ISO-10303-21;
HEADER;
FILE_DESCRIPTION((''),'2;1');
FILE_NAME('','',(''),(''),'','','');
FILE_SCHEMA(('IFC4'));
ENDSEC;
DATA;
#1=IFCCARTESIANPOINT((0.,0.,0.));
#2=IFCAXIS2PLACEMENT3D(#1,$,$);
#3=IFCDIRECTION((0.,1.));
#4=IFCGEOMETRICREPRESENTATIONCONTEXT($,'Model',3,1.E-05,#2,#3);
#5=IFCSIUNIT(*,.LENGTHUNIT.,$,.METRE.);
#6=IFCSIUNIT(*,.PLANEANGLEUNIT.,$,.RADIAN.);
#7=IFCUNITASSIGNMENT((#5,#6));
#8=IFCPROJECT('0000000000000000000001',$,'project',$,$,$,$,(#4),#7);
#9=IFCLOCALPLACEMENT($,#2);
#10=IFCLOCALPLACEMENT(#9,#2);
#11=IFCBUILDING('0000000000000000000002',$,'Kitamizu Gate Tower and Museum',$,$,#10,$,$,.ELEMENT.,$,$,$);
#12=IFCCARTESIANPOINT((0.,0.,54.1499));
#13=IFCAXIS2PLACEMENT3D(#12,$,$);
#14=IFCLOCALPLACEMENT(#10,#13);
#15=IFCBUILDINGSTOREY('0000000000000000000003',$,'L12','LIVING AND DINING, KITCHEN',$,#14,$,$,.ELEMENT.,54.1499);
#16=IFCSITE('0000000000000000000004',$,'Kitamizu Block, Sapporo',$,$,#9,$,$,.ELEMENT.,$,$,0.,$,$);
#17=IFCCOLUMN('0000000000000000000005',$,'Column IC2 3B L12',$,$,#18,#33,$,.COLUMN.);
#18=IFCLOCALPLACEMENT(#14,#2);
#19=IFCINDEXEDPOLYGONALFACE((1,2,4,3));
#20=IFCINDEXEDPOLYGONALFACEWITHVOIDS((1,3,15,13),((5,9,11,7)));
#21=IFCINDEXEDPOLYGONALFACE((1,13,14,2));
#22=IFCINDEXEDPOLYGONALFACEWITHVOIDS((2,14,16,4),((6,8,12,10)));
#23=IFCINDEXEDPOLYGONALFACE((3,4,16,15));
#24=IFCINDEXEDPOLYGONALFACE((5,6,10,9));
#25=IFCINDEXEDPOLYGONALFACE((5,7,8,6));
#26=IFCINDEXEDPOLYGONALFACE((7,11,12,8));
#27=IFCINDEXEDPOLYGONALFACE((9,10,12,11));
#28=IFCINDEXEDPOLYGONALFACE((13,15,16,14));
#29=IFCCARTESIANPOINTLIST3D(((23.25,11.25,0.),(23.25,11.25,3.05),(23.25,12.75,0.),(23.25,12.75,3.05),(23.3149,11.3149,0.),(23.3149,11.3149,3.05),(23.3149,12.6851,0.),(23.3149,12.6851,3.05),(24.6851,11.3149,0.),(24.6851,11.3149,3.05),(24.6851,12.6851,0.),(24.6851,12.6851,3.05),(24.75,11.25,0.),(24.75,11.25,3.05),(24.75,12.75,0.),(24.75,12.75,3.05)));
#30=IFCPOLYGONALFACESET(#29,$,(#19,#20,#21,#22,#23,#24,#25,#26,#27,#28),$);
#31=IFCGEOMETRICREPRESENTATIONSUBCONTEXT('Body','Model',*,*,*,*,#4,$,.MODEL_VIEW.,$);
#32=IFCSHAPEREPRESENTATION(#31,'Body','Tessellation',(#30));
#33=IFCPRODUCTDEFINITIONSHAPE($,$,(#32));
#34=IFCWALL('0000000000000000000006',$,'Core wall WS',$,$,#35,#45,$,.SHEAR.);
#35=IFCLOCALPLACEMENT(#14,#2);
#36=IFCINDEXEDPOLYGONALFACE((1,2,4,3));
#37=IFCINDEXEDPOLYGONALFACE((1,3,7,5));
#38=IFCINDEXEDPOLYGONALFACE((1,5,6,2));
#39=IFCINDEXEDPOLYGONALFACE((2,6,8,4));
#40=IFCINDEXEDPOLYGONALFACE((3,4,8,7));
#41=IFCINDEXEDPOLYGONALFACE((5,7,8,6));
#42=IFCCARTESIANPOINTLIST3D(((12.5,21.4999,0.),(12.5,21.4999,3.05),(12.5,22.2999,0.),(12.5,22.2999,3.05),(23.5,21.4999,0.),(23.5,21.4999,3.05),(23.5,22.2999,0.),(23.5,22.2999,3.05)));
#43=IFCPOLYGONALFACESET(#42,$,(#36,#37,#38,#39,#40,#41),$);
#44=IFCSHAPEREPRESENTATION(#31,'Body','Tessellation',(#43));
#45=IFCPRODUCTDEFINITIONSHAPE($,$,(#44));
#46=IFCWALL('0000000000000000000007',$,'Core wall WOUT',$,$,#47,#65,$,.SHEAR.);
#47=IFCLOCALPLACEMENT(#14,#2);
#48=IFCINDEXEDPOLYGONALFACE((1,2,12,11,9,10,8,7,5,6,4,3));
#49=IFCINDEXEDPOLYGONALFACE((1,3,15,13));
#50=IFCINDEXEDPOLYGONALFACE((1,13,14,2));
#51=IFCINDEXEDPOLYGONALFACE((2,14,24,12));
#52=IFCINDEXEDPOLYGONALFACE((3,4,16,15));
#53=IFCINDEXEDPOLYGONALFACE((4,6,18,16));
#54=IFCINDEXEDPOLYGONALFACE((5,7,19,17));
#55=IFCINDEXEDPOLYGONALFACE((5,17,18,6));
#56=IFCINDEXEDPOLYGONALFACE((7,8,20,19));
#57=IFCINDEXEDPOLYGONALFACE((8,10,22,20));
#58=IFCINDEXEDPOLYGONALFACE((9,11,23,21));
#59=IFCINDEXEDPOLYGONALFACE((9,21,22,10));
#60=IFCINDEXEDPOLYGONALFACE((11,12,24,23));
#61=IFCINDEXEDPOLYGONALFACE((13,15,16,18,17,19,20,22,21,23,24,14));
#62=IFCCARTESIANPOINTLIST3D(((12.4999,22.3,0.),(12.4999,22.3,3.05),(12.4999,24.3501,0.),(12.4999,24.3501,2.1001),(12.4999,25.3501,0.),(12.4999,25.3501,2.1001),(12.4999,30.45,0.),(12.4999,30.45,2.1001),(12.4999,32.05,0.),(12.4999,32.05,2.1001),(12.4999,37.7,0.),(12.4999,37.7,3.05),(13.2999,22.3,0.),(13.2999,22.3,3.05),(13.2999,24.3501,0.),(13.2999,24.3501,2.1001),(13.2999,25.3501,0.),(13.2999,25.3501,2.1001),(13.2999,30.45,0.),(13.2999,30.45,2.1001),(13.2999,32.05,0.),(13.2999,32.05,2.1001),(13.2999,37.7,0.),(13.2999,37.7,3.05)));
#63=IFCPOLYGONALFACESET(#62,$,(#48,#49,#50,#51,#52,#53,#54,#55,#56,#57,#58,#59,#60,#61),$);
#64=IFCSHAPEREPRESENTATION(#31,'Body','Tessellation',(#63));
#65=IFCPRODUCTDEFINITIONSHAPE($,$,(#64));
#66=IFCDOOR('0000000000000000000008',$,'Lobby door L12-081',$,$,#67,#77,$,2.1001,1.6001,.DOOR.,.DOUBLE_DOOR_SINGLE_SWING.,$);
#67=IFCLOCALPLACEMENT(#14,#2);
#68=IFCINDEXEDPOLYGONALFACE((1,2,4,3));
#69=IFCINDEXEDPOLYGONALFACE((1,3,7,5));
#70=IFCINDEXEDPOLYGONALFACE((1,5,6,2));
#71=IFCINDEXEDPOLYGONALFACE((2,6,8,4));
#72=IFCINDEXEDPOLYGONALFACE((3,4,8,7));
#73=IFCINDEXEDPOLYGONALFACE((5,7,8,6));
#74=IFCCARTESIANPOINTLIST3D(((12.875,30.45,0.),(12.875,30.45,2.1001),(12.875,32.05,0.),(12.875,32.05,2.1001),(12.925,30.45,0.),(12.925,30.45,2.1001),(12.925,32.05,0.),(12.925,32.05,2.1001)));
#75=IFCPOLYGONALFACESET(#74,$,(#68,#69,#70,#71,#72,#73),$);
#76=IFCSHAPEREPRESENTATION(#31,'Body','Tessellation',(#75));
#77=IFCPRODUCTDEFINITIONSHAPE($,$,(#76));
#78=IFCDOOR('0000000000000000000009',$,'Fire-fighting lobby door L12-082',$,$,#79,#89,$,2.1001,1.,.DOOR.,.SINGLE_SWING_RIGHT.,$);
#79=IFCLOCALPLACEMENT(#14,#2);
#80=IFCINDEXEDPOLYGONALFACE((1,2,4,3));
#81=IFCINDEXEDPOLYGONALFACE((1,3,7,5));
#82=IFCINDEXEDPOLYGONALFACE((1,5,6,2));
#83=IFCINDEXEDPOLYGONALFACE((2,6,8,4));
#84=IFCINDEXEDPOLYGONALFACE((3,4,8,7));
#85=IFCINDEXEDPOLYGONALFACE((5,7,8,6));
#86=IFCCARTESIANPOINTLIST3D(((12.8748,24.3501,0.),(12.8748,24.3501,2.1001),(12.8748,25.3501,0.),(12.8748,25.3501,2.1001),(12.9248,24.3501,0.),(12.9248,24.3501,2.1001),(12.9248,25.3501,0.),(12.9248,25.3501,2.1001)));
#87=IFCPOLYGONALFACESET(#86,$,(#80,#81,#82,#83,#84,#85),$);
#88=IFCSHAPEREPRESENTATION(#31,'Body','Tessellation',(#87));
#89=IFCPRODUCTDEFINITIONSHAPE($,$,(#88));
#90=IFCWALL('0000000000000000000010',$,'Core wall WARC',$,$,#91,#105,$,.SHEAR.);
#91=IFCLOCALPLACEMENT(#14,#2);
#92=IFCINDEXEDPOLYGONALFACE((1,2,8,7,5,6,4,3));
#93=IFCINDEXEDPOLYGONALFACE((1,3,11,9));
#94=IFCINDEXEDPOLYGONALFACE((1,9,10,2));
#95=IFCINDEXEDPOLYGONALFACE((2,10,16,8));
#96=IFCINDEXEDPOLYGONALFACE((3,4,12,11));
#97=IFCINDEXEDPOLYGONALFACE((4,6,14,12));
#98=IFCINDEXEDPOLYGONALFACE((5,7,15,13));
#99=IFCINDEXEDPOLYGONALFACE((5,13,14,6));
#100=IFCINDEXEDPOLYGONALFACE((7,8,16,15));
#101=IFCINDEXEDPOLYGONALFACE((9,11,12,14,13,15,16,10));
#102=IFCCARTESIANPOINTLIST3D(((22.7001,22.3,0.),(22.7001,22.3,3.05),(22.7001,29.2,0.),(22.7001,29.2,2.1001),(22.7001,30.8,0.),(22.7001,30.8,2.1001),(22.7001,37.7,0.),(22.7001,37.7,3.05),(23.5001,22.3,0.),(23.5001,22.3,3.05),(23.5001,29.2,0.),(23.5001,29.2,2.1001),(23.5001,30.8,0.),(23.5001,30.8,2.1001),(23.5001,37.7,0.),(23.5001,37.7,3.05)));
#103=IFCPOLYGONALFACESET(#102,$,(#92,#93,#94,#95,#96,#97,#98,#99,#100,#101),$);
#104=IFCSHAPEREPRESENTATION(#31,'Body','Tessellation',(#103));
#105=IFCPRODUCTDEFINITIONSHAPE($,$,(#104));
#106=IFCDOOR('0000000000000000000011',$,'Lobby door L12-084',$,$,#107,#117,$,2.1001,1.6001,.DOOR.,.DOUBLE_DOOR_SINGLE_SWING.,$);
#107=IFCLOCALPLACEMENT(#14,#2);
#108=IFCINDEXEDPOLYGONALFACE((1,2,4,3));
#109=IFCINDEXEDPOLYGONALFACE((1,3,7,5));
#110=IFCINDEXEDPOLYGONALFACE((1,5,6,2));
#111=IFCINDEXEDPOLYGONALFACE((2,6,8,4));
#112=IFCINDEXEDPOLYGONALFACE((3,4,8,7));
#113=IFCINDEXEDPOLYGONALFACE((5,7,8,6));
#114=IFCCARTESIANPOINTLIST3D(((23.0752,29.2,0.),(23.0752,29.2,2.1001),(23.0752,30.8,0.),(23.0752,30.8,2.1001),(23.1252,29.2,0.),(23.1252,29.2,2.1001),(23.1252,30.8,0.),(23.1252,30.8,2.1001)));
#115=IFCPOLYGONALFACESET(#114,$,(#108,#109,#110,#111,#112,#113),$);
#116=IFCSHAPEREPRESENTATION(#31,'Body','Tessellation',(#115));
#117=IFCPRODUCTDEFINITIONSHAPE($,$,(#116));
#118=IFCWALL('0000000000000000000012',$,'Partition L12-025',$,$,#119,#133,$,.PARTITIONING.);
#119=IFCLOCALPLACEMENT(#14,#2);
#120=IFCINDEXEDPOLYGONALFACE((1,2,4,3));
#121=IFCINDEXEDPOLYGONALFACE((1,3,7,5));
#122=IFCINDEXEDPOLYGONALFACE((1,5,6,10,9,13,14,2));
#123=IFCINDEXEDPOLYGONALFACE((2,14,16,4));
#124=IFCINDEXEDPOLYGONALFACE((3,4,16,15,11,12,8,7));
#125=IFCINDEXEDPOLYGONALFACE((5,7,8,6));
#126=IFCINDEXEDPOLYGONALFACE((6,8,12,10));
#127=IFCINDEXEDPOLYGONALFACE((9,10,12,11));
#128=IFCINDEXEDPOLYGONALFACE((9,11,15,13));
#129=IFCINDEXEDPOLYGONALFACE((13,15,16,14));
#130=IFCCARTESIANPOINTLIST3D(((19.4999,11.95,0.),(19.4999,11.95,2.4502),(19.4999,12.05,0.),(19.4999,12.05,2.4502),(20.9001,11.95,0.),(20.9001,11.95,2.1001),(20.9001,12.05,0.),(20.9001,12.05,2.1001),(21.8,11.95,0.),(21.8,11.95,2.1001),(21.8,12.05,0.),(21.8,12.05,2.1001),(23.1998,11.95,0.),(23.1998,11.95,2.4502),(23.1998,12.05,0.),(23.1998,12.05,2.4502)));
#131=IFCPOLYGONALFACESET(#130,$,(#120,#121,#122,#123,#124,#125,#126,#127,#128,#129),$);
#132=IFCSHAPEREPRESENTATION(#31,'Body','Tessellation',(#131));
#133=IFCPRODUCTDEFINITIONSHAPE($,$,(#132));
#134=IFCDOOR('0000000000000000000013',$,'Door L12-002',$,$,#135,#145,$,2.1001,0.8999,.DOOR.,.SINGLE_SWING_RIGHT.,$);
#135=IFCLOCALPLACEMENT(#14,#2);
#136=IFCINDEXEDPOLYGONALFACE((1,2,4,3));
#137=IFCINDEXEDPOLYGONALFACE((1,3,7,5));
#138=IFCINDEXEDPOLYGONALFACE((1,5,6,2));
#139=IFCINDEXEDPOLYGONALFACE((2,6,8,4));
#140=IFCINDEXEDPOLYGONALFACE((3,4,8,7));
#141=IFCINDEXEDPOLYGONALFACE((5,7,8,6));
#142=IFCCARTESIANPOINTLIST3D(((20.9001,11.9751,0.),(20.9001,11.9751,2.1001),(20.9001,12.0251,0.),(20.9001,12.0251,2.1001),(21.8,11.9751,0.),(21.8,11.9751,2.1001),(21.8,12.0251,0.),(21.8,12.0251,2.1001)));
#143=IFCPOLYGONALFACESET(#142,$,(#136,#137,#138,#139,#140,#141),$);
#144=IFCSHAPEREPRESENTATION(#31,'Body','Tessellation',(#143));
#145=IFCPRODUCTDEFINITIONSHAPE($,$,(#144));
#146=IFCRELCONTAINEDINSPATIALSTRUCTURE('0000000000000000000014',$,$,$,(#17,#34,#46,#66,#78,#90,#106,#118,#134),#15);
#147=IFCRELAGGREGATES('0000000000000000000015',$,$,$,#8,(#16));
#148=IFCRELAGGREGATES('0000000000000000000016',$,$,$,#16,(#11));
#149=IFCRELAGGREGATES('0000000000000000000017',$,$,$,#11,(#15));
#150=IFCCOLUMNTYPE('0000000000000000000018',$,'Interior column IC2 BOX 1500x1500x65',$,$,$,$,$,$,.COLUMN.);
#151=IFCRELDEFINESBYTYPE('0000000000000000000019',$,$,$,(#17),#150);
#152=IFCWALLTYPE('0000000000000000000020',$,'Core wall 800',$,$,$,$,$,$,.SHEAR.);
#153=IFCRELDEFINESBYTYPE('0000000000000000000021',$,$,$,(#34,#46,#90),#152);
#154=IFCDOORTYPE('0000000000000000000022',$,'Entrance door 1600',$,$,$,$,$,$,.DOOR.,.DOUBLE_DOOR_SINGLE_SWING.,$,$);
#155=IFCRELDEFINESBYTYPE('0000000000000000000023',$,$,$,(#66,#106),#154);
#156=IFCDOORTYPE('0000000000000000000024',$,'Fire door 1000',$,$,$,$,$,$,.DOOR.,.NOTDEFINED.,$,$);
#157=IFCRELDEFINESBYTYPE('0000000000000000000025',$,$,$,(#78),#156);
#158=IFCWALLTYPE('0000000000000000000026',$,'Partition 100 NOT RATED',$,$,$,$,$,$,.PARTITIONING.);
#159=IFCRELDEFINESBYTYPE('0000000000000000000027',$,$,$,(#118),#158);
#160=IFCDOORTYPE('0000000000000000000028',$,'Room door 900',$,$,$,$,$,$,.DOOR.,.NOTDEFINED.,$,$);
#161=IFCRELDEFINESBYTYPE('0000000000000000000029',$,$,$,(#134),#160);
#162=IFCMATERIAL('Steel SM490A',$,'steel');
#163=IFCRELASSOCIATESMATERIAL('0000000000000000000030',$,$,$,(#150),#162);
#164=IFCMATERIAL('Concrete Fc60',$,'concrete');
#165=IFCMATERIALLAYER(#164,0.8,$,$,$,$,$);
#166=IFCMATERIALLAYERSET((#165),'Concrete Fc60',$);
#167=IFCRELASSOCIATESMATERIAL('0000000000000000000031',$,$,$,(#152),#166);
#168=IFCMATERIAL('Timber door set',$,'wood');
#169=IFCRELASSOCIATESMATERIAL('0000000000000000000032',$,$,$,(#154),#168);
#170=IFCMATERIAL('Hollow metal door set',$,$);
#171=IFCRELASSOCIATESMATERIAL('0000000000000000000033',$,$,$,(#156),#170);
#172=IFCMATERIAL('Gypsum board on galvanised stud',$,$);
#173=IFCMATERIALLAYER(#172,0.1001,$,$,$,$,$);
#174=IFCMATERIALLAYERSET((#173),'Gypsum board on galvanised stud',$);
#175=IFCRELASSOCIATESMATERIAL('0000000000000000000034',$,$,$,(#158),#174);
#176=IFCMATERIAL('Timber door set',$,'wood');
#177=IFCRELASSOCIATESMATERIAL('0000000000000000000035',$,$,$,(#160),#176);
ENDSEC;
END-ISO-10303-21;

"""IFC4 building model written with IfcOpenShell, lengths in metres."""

from ifc_helpers import new_model, si_unit, direction, frame, frame_2d, origin, origin_2d, place, context, subcontext, project, spatial, rectangle, hollow_rectangle, extrude, material, layer, layer_set, material_profile, profile_set, type_object, element, fill, save


model = new_model("IFC4")

# Units and contexts
model_context = context("Model", 3, precision=1e-05, world=origin(), true_north=direction((0.0, 1.0)))
body_context = subcontext(model_context, "Body", "Model", "MODEL_VIEW")
ifc_project = project(units=[si_unit("LENGTHUNIT", "METRE"), si_unit("PLANEANGLEUNIT", "RADIAN")], contexts=[model_context])

# Site, building, storey
site_placement = place(None, origin())
site = spatial("IfcSite", under=ifc_project, at=site_placement, Name="Kitamizu Block, Sapporo", CompositionType="ELEMENT", RefElevation=0.0)
building_placement = place(site_placement, origin())
building = spatial("IfcBuilding", under=site, at=building_placement, Name="Kitamizu Gate Tower and Museum", CompositionType="ELEMENT")
storey_placement = place(building_placement, frame((0.0, 0.0, 54.1499)))
storey = spatial("IfcBuildingStorey", under=building, at=storey_placement, Name="L12", Description="LIVING AND DINING, KITCHEN", CompositionType="ELEMENT", Elevation=54.1499)

# Column
ifc_material_1 = material(Name="Steel SM490A", Category="steel")
ifc_material_profile = material_profile(ifc_material_1, hollow_rectangle(XDim=1.5, YDim=1.5, WallThickness=0.0649, at=origin_2d()), Name="BOX 1500x1500x65")
ifc_profile_set = profile_set([ifc_material_profile], Name="Steel SM490A")
column_type = type_object("IfcColumnType", Name="Interior column IC2 BOX 1500x1500x65", PredefinedType="COLUMN", material=ifc_profile_set)
column_placement = place(storey_placement, frame((24.0, 12.0, 0.0), z_axis=(0.0, 0.0, 1.0), x_axis=(1.0, 0.0, 0.0)))
element("IfcColumn", 1, at=column_placement, inside=storey, type_object=column_type, Name="Column IC2 3B L12", PredefinedType="COLUMN", context=body_context, shape_type="SweptSolid", body=[
    extrude(hollow_rectangle(XDim=1.5, YDim=1.5, WallThickness=0.0649, at=origin_2d()), origin(), (0.0, 0.0, 1.0), 3.05),
])

# Wall
ifc_material_2 = material(Name="Concrete Fc60", Category="concrete")
ifc_layer_1 = layer(ifc_material_2, 0.8)
ifc_layer_set_1 = layer_set([ifc_layer_1], Name="Concrete Fc60")
wall_type_1 = type_object("IfcWallType", Name="Core wall 800", PredefinedType="SHEAR", material=ifc_layer_set_1)
wall_1_placement = place(storey_placement, frame((12.5, 21.8999, 0.0), z_axis=(0.0, 0.0, 1.0), x_axis=(1.0, 0.0, 0.0)))
element("IfcWall", 2, at=wall_1_placement, inside=storey, type_object=wall_type_1, Name="Core wall WS", PredefinedType="SHEAR", context=body_context, shape_type="SweptSolid", body=[
    extrude(rectangle(XDim=11.0, YDim=0.8, at=frame_2d((5.5, 0.0))), origin(), (0.0, 0.0, 1.0), 3.05),
])

# Wall, openings, doors
wall_2_placement = place(storey_placement, frame((12.8999, 22.3, 0.0), z_axis=(0.0, 0.0, 1.0), x_axis=(0.0, 1.0, 0.0)))
wall_2 = element("IfcWall", 3, at=wall_2_placement, inside=storey, type_object=wall_type_1, Name="Core wall WOUT", PredefinedType="SHEAR", context=body_context, shape_type="SweptSolid", body=[
    extrude(rectangle(XDim=15.3999, YDim=0.8, at=frame_2d((7.7, 0.0))), origin(), (0.0, 0.0, 1.0), 3.05),
])
opening_1_placement = place(wall_2_placement, frame((8.1499, 0.0, 0.0)))
opening_1 = element("IfcOpeningElement", 4, at=opening_1_placement, cuts=wall_2, PredefinedType="OPENING", context=body_context, shape_type="SweptSolid", body=[
    extrude(rectangle(XDim=1.6001, YDim=2.1001, at=frame_2d((0.8, 1.05))), frame((0.0, 0.4102, 0.0), z_axis=(0.0, -1.0, 0.0), x_axis=(1.0, 0.0, 0.0)), (0.0, 0.0, 1.0), 0.8201),
])
opening_2_placement = place(wall_2_placement, frame((2.05, 0.0, 0.0)))
opening_2 = element("IfcOpeningElement", 5, at=opening_2_placement, cuts=wall_2, PredefinedType="OPENING", context=body_context, shape_type="SweptSolid", body=[
    extrude(rectangle(XDim=1.0, YDim=2.1001, at=frame_2d((0.5, 1.05))), frame((0.0, 0.4102, 0.0), z_axis=(0.0, -1.0, 0.0), x_axis=(1.0, 0.0, 0.0)), (0.0, 0.0, 1.0), 0.8201),
])
ifc_material_3 = material(Name="Timber door set", Category="wood")
door_type_1 = type_object("IfcDoorType", Name="Entrance door 1600", OperationType="DOUBLE_DOOR_SINGLE_SWING", PredefinedType="DOOR", material=ifc_material_3)
door_1_placement = place(opening_1_placement, origin())
door_1 = element("IfcDoor", 6, at=door_1_placement, inside=storey, type_object=door_type_1, Name="Lobby door L12-081", OperationType="DOUBLE_DOOR_SINGLE_SWING", OverallHeight=2.1001, OverallWidth=1.6001, PredefinedType="DOOR", context=body_context, shape_type="SweptSolid", body=[
    extrude(rectangle(XDim=1.6001, YDim=2.1001, at=frame_2d((0.8, 1.05))), frame((0.0, 0.0249, 0.0), z_axis=(0.0, -1.0, 0.0), x_axis=(1.0, 0.0, 0.0)), (0.0, 0.0, 1.0), 0.05),
])
fill(opening_1, door_1)
ifc_material_4 = material(Name="Hollow metal door set")
door_type_2 = type_object("IfcDoorType", Name="Fire door 1000", OperationType="NOTDEFINED", PredefinedType="DOOR", material=ifc_material_4)
door_2_placement = place(opening_2_placement, frame((1.0, 0.0, 0.0), x_axis=(-1.0, 0.0, 0.0)))
door_2 = element("IfcDoor", 7, at=door_2_placement, inside=storey, type_object=door_type_2, Name="Fire-fighting lobby door L12-082", OperationType="SINGLE_SWING_RIGHT", OverallHeight=2.1001, OverallWidth=1.0, PredefinedType="DOOR", context=body_context, shape_type="SweptSolid", body=[
    extrude(rectangle(XDim=1.0, YDim=2.1001, at=frame_2d((0.5, 1.05))), frame((0.0, 0.0249, 0.0), z_axis=(0.0, -1.0, 0.0), x_axis=(1.0, 0.0, 0.0)), (0.0, 0.0, 1.0), 0.05),
])
fill(opening_2, door_2)

# Walls, openings, doors
wall_3_placement = place(storey_placement, frame((23.1001, 22.3, 0.0), z_axis=(0.0, 0.0, 1.0), x_axis=(0.0, 1.0, 0.0)))
wall_3 = element("IfcWall", 8, at=wall_3_placement, inside=storey, type_object=wall_type_1, Name="Core wall WARC", PredefinedType="SHEAR", context=body_context, shape_type="SweptSolid", body=[
    extrude(rectangle(XDim=15.3999, YDim=0.8, at=frame_2d((7.7, 0.0))), origin(), (0.0, 0.0, 1.0), 3.05),
])
opening_3_placement = place(wall_3_placement, frame((6.8999, 0.0, 0.0)))
opening_3 = element("IfcOpeningElement", 9, at=opening_3_placement, cuts=wall_3, PredefinedType="OPENING", context=body_context, shape_type="SweptSolid", body=[
    extrude(rectangle(XDim=1.6001, YDim=2.1001, at=frame_2d((0.8, 1.05))), frame((0.0, 0.4102, 0.0), z_axis=(0.0, -1.0, 0.0), x_axis=(1.0, 0.0, 0.0)), (0.0, 0.0, 1.0), 0.8201),
])
door_3_placement = place(opening_3_placement, origin())
door_3 = element("IfcDoor", 10, at=door_3_placement, inside=storey, type_object=door_type_1, Name="Lobby door L12-084", OperationType="DOUBLE_DOOR_SINGLE_SWING", OverallHeight=2.1001, OverallWidth=1.6001, PredefinedType="DOOR", context=body_context, shape_type="SweptSolid", body=[
    extrude(rectangle(XDim=1.6001, YDim=2.1001, at=frame_2d((0.8, 1.05))), frame((0.0, 0.0249, 0.0), z_axis=(0.0, -1.0, 0.0), x_axis=(1.0, 0.0, 0.0)), (0.0, 0.0, 1.0), 0.05),
])
fill(opening_3, door_3)
ifc_material_5 = material(Name="Gypsum board on galvanised stud")
ifc_layer_2 = layer(ifc_material_5, 0.1001)
ifc_layer_set_2 = layer_set([ifc_layer_2], Name="Gypsum board on galvanised stud")
wall_type_2 = type_object("IfcWallType", Name="Partition 100 NOT RATED", PredefinedType="PARTITIONING", material=ifc_layer_set_2)
wall_4_placement = place(storey_placement, frame((23.2, 12.0, 0.0), z_axis=(0.0, 0.0, 1.0), x_axis=(-1.0, 0.0, 0.0)))
wall_4 = element("IfcWall", 11, at=wall_4_placement, inside=storey, type_object=wall_type_2, Name="Partition L12-025", PredefinedType="PARTITIONING", context=body_context, shape_type="SweptSolid", body=[
    extrude(rectangle(XDim=3.7, YDim=0.1001, at=frame_2d((1.8501, 0.0))), origin(), (0.0, 0.0, 1.0), 2.4502),
])
opening_4_placement = place(wall_4_placement, frame((1.3999, 0.0, 0.0)))
opening_4 = element("IfcOpeningElement", 12, at=opening_4_placement, cuts=wall_4, PredefinedType="OPENING", context=body_context, shape_type="SweptSolid", body=[
    extrude(rectangle(XDim=0.8999, YDim=2.1001, at=frame_2d((0.45, 1.05))), frame((0.0, 0.0601, 0.0), z_axis=(0.0, -1.0, 0.0), x_axis=(1.0, 0.0, 0.0)), (0.0, 0.0, 1.0), 0.1201),
])
ifc_material_6 = material(Name="Timber door set", Category="wood")
door_type_3 = type_object("IfcDoorType", Name="Room door 900", OperationType="NOTDEFINED", PredefinedType="DOOR", material=ifc_material_6)
door_4_placement = place(opening_4_placement, origin())
door_4 = element("IfcDoor", 13, at=door_4_placement, inside=storey, type_object=door_type_3, Name="Door L12-002", OperationType="SINGLE_SWING_RIGHT", OverallHeight=2.1001, OverallWidth=0.8999, PredefinedType="DOOR", context=body_context, shape_type="SweptSolid", body=[
    extrude(rectangle(XDim=0.8999, YDim=2.1001, at=frame_2d((0.45, 1.05))), frame((0.0, 0.0249, 0.0), z_axis=(0.0, -1.0, 0.0), x_axis=(1.0, 0.0, 0.0)), (0.0, 0.0, 1.0), 0.05),
])
fill(opening_4, door_4)

save(model, "model.ifc")
